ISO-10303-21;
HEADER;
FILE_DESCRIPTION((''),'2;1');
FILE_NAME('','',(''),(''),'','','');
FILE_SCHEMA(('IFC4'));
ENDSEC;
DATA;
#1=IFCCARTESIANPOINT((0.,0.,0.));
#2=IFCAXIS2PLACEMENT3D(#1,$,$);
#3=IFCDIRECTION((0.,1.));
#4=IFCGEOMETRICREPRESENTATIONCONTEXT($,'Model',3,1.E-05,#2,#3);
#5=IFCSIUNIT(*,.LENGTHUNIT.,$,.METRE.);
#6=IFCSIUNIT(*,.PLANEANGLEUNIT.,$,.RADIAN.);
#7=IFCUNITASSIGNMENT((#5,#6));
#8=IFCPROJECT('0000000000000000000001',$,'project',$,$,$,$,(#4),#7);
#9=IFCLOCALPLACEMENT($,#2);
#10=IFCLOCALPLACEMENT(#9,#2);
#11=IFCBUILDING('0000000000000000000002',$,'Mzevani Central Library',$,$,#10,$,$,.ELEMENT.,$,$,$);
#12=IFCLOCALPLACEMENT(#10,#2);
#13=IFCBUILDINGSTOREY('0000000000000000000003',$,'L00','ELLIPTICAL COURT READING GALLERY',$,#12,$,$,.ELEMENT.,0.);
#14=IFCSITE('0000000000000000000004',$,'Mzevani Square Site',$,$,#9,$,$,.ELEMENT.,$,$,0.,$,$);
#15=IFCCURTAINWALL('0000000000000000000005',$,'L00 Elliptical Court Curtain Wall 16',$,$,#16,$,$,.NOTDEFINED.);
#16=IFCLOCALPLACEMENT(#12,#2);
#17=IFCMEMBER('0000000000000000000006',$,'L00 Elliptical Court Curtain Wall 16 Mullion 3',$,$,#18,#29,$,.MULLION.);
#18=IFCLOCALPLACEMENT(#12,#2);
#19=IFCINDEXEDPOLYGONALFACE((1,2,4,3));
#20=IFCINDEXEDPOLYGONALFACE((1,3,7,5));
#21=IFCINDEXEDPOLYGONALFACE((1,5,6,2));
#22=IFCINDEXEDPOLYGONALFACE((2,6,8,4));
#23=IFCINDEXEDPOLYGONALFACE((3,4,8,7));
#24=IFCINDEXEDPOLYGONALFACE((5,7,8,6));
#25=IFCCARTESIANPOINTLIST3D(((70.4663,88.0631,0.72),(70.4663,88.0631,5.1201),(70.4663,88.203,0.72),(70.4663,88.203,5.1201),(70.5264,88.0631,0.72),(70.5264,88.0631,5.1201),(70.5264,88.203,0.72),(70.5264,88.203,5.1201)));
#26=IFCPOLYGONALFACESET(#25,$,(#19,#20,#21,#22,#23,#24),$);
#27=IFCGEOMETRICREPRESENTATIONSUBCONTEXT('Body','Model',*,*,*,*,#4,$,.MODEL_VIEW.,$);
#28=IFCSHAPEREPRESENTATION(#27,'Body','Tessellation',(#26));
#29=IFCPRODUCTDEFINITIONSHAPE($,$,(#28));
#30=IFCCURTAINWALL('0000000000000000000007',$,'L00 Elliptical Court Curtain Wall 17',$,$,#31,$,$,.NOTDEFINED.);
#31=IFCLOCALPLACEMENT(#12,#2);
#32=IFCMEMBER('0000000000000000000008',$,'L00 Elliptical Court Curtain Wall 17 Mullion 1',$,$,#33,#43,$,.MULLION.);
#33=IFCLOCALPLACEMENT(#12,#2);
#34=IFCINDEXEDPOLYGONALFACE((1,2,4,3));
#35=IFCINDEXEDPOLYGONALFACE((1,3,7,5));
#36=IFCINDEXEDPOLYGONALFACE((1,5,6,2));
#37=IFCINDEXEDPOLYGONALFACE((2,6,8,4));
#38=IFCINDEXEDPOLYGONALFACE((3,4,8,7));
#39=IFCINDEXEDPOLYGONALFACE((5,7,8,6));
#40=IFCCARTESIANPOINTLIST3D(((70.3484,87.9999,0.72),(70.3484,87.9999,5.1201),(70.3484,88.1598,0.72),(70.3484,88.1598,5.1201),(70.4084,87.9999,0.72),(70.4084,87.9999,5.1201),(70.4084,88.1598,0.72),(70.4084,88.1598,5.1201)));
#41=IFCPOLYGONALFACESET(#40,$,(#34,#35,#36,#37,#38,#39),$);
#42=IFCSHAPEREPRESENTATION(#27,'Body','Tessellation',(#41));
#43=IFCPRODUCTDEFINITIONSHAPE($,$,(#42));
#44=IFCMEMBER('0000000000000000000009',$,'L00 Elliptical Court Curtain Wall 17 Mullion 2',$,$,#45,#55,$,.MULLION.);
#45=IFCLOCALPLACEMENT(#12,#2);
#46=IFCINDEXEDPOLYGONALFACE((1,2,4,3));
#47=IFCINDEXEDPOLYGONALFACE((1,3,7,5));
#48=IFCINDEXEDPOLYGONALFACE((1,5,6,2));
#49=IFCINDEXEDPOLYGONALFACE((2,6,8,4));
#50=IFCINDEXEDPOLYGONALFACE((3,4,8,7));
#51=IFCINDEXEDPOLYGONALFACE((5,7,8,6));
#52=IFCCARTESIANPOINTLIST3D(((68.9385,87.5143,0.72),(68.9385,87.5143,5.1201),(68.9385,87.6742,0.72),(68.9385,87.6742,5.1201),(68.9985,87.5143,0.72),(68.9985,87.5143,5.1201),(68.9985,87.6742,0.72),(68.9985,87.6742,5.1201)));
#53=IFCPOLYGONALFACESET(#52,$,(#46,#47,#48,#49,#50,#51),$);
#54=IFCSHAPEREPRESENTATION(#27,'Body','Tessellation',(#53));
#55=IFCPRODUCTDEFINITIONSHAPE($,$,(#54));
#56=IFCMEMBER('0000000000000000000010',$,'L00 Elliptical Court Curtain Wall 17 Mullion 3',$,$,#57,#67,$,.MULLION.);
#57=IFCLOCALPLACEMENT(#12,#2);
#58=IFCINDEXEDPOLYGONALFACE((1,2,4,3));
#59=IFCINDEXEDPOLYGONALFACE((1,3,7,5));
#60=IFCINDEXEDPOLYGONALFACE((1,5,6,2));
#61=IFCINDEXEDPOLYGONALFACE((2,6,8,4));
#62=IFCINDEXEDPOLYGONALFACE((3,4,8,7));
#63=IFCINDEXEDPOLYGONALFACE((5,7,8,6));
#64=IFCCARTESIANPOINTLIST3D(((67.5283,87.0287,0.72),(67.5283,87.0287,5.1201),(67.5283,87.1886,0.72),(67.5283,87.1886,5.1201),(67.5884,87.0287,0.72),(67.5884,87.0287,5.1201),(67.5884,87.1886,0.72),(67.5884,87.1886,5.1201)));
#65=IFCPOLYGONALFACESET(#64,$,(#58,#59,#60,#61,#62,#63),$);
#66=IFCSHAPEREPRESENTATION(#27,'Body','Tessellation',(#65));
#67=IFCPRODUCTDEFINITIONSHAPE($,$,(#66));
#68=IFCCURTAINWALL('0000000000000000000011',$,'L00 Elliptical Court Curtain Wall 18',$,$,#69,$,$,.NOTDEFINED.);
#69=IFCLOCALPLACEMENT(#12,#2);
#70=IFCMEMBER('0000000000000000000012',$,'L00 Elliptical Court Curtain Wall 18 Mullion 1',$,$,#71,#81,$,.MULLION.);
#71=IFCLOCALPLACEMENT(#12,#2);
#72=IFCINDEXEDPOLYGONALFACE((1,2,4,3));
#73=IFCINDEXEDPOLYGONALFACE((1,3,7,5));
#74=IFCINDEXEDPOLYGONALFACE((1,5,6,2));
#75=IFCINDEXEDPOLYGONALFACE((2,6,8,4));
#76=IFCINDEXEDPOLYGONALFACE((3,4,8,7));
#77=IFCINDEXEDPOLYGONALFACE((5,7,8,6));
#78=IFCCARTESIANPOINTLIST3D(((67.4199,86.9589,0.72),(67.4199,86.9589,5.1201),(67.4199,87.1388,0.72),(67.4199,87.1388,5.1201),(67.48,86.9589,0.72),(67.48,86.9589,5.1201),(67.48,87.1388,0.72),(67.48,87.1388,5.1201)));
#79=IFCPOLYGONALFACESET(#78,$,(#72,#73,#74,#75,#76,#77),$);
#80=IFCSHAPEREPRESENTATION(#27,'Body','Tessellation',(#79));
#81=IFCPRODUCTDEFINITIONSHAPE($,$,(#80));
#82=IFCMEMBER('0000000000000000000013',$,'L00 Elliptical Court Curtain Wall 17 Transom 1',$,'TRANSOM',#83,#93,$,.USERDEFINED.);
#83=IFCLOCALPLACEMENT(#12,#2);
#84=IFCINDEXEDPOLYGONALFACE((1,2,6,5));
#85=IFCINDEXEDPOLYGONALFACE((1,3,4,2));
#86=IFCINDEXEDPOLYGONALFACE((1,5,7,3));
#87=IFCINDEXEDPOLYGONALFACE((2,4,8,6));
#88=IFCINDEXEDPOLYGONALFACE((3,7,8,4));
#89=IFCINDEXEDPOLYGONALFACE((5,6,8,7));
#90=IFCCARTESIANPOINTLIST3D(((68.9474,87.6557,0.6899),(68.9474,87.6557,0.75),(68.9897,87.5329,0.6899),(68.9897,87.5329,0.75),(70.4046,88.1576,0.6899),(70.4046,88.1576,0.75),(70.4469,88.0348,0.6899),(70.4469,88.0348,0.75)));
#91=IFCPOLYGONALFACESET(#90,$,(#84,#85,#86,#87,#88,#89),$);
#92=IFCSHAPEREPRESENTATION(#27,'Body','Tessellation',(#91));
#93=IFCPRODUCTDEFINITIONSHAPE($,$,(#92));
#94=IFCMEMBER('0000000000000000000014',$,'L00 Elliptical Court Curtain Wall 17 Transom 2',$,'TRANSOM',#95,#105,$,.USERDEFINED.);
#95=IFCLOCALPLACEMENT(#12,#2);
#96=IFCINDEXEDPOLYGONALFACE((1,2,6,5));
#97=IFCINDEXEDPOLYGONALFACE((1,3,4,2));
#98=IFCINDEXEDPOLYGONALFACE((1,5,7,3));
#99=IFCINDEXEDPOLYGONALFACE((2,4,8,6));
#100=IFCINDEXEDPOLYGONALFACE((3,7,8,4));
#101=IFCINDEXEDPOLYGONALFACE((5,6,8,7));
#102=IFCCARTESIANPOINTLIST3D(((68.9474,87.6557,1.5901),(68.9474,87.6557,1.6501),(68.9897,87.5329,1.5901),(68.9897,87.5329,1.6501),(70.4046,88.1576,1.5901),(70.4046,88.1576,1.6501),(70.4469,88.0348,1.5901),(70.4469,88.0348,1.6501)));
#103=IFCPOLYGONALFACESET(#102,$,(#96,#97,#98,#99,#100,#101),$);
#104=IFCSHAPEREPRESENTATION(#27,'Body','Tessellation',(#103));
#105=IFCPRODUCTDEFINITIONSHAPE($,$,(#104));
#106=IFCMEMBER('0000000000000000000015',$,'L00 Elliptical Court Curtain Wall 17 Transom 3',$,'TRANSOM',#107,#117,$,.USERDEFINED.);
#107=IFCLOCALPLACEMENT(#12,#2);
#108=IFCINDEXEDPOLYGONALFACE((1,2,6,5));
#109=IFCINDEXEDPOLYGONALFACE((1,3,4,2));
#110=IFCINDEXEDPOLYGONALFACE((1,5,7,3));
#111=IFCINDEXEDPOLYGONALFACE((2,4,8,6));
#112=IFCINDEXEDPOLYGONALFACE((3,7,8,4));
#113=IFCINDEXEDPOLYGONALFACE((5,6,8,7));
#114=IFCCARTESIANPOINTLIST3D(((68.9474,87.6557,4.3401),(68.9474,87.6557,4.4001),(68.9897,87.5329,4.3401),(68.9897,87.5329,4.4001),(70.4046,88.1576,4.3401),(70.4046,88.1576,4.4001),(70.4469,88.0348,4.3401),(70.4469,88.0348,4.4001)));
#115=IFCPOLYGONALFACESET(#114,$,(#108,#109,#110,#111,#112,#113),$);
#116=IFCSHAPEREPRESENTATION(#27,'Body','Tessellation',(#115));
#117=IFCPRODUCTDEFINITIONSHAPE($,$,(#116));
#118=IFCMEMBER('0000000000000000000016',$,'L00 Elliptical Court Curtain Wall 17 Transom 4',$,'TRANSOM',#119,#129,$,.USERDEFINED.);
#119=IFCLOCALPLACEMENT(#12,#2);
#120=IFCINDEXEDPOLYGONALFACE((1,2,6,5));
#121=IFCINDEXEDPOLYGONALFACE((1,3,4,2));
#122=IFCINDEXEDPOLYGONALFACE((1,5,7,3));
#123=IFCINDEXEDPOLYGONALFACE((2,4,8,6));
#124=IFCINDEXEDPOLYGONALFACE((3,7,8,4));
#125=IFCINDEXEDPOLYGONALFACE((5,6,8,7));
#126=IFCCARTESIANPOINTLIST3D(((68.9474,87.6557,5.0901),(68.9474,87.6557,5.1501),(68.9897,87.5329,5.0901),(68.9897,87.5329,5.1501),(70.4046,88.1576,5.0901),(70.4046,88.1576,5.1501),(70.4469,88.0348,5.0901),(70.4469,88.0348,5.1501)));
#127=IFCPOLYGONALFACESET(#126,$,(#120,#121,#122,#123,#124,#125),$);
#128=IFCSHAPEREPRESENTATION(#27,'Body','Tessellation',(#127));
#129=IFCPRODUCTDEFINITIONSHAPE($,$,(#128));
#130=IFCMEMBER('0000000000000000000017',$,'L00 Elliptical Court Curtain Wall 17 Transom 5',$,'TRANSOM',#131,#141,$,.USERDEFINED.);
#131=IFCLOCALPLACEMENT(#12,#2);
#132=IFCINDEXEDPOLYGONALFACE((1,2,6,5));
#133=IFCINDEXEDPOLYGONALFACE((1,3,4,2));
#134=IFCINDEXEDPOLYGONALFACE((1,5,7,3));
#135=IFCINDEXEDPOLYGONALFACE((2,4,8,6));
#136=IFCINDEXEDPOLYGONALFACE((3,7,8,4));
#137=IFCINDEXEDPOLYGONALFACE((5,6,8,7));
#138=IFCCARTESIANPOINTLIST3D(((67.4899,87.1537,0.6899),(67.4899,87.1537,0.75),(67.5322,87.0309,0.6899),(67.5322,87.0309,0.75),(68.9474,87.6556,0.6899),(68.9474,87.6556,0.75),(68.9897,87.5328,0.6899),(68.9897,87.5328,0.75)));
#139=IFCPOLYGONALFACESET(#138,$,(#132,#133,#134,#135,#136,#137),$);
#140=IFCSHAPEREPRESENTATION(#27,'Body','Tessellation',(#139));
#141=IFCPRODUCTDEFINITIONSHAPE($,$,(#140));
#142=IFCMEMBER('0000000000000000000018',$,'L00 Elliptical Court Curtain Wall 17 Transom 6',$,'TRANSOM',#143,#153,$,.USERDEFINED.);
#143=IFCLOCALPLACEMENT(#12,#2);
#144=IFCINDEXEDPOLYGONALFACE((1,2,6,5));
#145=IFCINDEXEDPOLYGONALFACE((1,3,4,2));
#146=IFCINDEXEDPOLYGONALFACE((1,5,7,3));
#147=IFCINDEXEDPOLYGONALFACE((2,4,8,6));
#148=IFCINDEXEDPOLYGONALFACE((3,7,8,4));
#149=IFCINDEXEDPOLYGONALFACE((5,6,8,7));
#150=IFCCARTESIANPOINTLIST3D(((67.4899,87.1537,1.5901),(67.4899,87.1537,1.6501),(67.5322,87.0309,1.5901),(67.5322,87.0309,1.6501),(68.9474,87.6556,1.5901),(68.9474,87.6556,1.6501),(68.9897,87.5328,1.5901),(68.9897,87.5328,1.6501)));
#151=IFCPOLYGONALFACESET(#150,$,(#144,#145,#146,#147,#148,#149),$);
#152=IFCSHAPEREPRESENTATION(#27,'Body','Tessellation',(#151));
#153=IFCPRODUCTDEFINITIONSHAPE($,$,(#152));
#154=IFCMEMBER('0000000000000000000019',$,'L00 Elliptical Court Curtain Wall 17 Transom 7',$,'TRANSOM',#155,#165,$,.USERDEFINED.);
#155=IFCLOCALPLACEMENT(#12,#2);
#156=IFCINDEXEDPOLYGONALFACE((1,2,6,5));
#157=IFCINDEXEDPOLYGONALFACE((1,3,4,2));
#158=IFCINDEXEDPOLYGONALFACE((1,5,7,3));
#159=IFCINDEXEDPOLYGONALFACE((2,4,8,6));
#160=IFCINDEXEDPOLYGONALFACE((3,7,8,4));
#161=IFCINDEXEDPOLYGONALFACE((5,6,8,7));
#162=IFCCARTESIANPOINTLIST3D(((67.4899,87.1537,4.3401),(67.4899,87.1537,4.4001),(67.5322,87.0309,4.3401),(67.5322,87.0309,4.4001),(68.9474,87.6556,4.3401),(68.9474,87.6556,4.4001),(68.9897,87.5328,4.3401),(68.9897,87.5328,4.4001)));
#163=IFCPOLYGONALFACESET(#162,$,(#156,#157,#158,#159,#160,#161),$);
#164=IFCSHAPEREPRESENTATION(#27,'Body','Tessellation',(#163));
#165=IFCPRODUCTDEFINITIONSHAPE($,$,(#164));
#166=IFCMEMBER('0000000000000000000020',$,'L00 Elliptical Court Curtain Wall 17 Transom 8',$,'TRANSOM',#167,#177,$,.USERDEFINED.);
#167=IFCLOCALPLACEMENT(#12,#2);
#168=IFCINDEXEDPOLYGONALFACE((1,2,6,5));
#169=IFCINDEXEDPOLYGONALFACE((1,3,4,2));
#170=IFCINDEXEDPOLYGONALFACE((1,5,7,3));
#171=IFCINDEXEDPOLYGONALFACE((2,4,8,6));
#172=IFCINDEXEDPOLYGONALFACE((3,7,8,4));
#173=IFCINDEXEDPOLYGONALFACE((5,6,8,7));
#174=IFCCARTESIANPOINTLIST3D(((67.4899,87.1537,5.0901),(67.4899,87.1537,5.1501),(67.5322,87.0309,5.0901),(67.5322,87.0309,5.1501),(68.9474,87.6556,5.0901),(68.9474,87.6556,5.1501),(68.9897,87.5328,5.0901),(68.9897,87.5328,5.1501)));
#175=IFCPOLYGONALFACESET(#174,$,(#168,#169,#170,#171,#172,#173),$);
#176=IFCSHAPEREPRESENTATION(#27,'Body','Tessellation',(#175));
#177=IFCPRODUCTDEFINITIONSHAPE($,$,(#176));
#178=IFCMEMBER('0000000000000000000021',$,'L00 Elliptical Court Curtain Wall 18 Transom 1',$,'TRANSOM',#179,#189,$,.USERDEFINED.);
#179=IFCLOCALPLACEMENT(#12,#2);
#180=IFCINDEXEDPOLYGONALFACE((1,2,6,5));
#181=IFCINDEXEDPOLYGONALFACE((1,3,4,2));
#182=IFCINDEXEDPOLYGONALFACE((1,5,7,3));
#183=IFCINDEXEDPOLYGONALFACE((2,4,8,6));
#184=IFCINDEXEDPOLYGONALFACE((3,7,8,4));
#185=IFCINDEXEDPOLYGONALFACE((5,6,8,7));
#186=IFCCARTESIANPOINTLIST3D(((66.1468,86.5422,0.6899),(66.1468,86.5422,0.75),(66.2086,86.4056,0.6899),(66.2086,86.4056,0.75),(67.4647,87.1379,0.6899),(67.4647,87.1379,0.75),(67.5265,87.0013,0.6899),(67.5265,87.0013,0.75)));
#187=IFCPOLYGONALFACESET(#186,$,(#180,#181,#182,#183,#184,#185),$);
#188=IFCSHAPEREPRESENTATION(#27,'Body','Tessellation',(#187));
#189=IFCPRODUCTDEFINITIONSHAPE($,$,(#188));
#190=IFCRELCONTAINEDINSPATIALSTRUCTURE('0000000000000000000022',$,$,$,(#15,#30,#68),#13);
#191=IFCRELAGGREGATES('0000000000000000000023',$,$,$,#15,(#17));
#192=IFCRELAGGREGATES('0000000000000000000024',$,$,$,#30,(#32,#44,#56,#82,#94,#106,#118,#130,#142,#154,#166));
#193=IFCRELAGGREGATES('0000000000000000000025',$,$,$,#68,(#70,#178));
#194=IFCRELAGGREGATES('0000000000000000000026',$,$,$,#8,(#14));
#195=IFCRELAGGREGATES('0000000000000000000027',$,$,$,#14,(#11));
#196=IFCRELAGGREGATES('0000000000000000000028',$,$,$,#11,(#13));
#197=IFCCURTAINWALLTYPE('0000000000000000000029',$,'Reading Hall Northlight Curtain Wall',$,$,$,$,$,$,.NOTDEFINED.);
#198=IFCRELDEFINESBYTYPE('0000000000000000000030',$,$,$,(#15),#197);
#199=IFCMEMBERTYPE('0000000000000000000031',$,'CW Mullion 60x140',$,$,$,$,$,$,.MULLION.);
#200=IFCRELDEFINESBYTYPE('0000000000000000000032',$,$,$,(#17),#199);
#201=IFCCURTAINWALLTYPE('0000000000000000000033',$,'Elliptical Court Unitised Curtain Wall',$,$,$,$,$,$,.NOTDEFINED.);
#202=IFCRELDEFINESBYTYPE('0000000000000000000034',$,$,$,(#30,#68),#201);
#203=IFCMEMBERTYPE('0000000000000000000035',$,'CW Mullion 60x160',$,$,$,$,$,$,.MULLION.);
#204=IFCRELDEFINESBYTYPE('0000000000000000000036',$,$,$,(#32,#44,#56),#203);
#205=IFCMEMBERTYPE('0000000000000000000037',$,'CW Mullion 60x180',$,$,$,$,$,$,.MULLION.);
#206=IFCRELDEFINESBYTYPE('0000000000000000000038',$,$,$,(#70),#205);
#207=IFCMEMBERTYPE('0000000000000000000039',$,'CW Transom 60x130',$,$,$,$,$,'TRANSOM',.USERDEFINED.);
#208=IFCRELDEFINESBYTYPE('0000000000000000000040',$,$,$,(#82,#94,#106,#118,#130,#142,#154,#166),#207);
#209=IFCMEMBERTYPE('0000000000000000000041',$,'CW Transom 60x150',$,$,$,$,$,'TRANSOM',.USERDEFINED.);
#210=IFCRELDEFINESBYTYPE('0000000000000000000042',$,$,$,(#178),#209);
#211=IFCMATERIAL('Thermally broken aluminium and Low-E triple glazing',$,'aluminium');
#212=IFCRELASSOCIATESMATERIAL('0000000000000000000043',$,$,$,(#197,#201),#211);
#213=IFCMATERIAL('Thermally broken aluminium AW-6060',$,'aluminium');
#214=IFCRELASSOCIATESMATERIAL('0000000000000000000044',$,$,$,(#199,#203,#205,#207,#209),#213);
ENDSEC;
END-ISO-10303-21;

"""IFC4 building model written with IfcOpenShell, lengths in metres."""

from ifc_helpers import new_model, si_unit, direction, frame, origin, origin_2d, place, context, subcontext, project, spatial, rectangle, extrude, material, material_profile, profile_set, type_object, element, aggregate, save


model = new_model("IFC4")

# Units and contexts
model_context = context("Model", 3, precision=1e-05, world=origin(), true_north=direction((0.0, 1.0)))
body_context = subcontext(model_context, "Body", "Model", "MODEL_VIEW")
ifc_project = project(units=[si_unit("LENGTHUNIT", "METRE"), si_unit("PLANEANGLEUNIT", "RADIAN")], contexts=[model_context])

# Site, building, storey
site_placement = place(None, origin())
site = spatial("IfcSite", under=ifc_project, at=site_placement, Name="Mzevani Square Site", CompositionType="ELEMENT", RefElevation=0.0)
building_placement = place(site_placement, origin())
building = spatial("IfcBuilding", under=site, at=building_placement, Name="Mzevani Central Library", CompositionType="ELEMENT")
storey_placement = place(building_placement, origin())
storey = spatial("IfcBuildingStorey", under=building, at=storey_placement, Name="L00", Description="ELLIPTICAL COURT READING GALLERY", CompositionType="ELEMENT", Elevation=0.0)

# Curtain wall, member
ifc_material_1 = material(Name="Thermally broken aluminium and Low-E triple glazing", Category="aluminium")
curtain_wall_type_1 = type_object("IfcCurtainWallType", Name="Reading Hall Northlight Curtain Wall", PredefinedType="NOTDEFINED", material=ifc_material_1)
curtain_wall_1_placement = place(storey_placement, origin())
curtain_wall_1 = element("IfcCurtainWall", 1, at=curtain_wall_1_placement, inside=storey, type_object=curtain_wall_type_1, Name="L00 Elliptical Court Curtain Wall 16", PredefinedType="NOTDEFINED")
ifc_material_2 = material(Name="Thermally broken aluminium AW-6060", Category="aluminium")
ifc_material_profile_1 = material_profile(ifc_material_2, rectangle(XDim=0.0601, YDim=0.1399, at=origin_2d()), Name="ALU M60x140")
ifc_profile_set_1 = profile_set([ifc_material_profile_1], Name="Thermally broken aluminium AW-6060")
member_type_1 = type_object("IfcMemberType", Name="CW Mullion 60x140", PredefinedType="MULLION", material=ifc_profile_set_1)
member_1_placement = place(storey_placement, frame((70.4963, 88.1331, 0.72), z_axis=(0.0, 0.0, 1.0), x_axis=(1.0, 0.0, 0.0)))
member_1 = element("IfcMember", 2, at=member_1_placement, type_object=member_type_1, Name="L00 Elliptical Court Curtain Wall 16 Mullion 3", PredefinedType="MULLION", context=body_context, shape_type="SweptSolid", body=[
    extrude(rectangle(XDim=0.0601, YDim=0.1399, at=origin_2d()), origin(), (0.0, 0.0, 1.0), 4.4001),
])
aggregate(curtain_wall_1, [member_1])

# Curtain wall, members
curtain_wall_type_2 = type_object("IfcCurtainWallType", Name="Elliptical Court Unitised Curtain Wall", PredefinedType="NOTDEFINED", material=ifc_material_1)
curtain_wall_2_placement = place(storey_placement, origin())
curtain_wall_2 = element("IfcCurtainWall", 3, at=curtain_wall_2_placement, inside=storey, type_object=curtain_wall_type_2, Name="L00 Elliptical Court Curtain Wall 17", PredefinedType="NOTDEFINED")
ifc_material_profile_2 = material_profile(ifc_material_2, rectangle(XDim=0.0601, YDim=0.1599, at=origin_2d()), Name="ALU M60x160")
ifc_profile_set_2 = profile_set([ifc_material_profile_2], Name="Thermally broken aluminium AW-6060")
member_type_2 = type_object("IfcMemberType", Name="CW Mullion 60x160", PredefinedType="MULLION", material=ifc_profile_set_2)
member_2_placement = place(storey_placement, frame((70.3784, 88.0798, 0.72), z_axis=(0.0, 0.0, 1.0), x_axis=(1.0, 0.0, 0.0)))
member_2 = element("IfcMember", 4, at=member_2_placement, type_object=member_type_2, Name="L00 Elliptical Court Curtain Wall 17 Mullion 1", PredefinedType="MULLION", context=body_context, shape_type="SweptSolid", body=[
    extrude(rectangle(XDim=0.0601, YDim=0.1599, at=origin_2d()), origin(), (0.0, 0.0, 1.0), 4.4001),
])
member_3_placement = place(storey_placement, frame((68.9685, 87.5942, 0.72), z_axis=(0.0, 0.0, 1.0), x_axis=(1.0, 0.0, 0.0)))
member_3 = element("IfcMember", 5, at=member_3_placement, type_object=member_type_2, Name="L00 Elliptical Court Curtain Wall 17 Mullion 2", PredefinedType="MULLION", context=body_context, shape_type="SweptSolid", body=[
    extrude(rectangle(XDim=0.0601, YDim=0.1599, at=origin_2d()), origin(), (0.0, 0.0, 1.0), 4.4001),
])
member_4_placement = place(storey_placement, frame((67.5583, 87.1086, 0.72), z_axis=(0.0, 0.0, 1.0), x_axis=(1.0, 0.0, 0.0)))
member_4 = element("IfcMember", 6, at=member_4_placement, type_object=member_type_2, Name="L00 Elliptical Court Curtain Wall 17 Mullion 3", PredefinedType="MULLION", context=body_context, shape_type="SweptSolid", body=[
    extrude(rectangle(XDim=0.0601, YDim=0.1599, at=origin_2d()), origin(), (0.0, 0.0, 1.0), 4.4001),
])

# Curtain wall, member
curtain_wall_3_placement = place(storey_placement, origin())
curtain_wall_3 = element("IfcCurtainWall", 7, at=curtain_wall_3_placement, inside=storey, type_object=curtain_wall_type_2, Name="L00 Elliptical Court Curtain Wall 18", PredefinedType="NOTDEFINED")
ifc_material_profile_3 = material_profile(ifc_material_2, rectangle(XDim=0.0601, YDim=0.1799, at=origin_2d()), Name="ALU M60x180")
ifc_profile_set_3 = profile_set([ifc_material_profile_3], Name="Thermally broken aluminium AW-6060")
member_type_3 = type_object("IfcMemberType", Name="CW Mullion 60x180", PredefinedType="MULLION", material=ifc_profile_set_3)
member_5_placement = place(storey_placement, frame((67.45, 87.0488, 0.72), z_axis=(0.0, 0.0, 1.0), x_axis=(1.0, 0.0, 0.0)))
member_5 = element("IfcMember", 8, at=member_5_placement, type_object=member_type_3, Name="L00 Elliptical Court Curtain Wall 18 Mullion 1", PredefinedType="MULLION", context=body_context, shape_type="SweptSolid", body=[
    extrude(rectangle(XDim=0.0601, YDim=0.1799, at=origin_2d()), origin(), (0.0, 0.0, 1.0), 4.4001),
])

# Members
ifc_material_profile_4 = material_profile(ifc_material_2, rectangle(XDim=0.1299, YDim=0.0601, at=origin_2d()), Name="ALU T60x130")
ifc_profile_set_4 = profile_set([ifc_material_profile_4], Name="Thermally broken aluminium AW-6060")
member_type_4 = type_object("IfcMemberType", Name="CW Transom 60x130", ElementType="TRANSOM", PredefinedType="USERDEFINED", material=ifc_profile_set_4)
member_6_placement = place(storey_placement, frame((70.4258, 88.0962, 0.72), z_axis=(-0.945484, -0.325668, 0.0), x_axis=(0.325668, -0.945484, 0.0)))
member_6 = element("IfcMember", 9, at=member_6_placement, type_object=member_type_4, Name="L00 Elliptical Court Curtain Wall 17 Transom 1", ObjectType="TRANSOM", PredefinedType="USERDEFINED", context=body_context, shape_type="SweptSolid", body=[
    extrude(rectangle(XDim=0.1299, YDim=0.0601, at=origin_2d()), origin(), (0.0, 0.0, 1.0), 1.5413),
])
member_7_placement = place(storey_placement, frame((70.4258, 88.0962, 1.6201), z_axis=(-0.945484, -0.325668, 0.0), x_axis=(0.325668, -0.945484, 0.0)))
member_7 = element("IfcMember", 10, at=member_7_placement, type_object=member_type_4, Name="L00 Elliptical Court Curtain Wall 17 Transom 2", ObjectType="TRANSOM", PredefinedType="USERDEFINED", context=body_context, shape_type="SweptSolid", body=[
    extrude(rectangle(XDim=0.1299, YDim=0.0601, at=origin_2d()), origin(), (0.0, 0.0, 1.0), 1.5413),
])
member_8_placement = place(storey_placement, frame((70.4258, 88.0962, 4.3701), z_axis=(-0.945484, -0.325668, 0.0), x_axis=(0.325668, -0.945484, 0.0)))
member_8 = element("IfcMember", 11, at=member_8_placement, type_object=member_type_4, Name="L00 Elliptical Court Curtain Wall 17 Transom 3", ObjectType="TRANSOM", PredefinedType="USERDEFINED", context=body_context, shape_type="SweptSolid", body=[
    extrude(rectangle(XDim=0.1299, YDim=0.0601, at=origin_2d()), origin(), (0.0, 0.0, 1.0), 1.5413),
])
member_9_placement = place(storey_placement, frame((70.4258, 88.0962, 5.1201), z_axis=(-0.945484, -0.325668, 0.0), x_axis=(0.325668, -0.945484, 0.0)))
member_9 = element("IfcMember", 12, at=member_9_placement, type_object=member_type_4, Name="L00 Elliptical Court Curtain Wall 17 Transom 4", ObjectType="TRANSOM", PredefinedType="USERDEFINED", context=body_context, shape_type="SweptSolid", body=[
    extrude(rectangle(XDim=0.1299, YDim=0.0601, at=origin_2d()), origin(), (0.0, 0.0, 1.0), 1.5413),
])
member_10_placement = place(storey_placement, frame((68.9685, 87.5942, 0.72), z_axis=(-0.945501, -0.32562, 0.0), x_axis=(0.32562, -0.945501, 0.0)))
member_10 = element("IfcMember", 13, at=member_10_placement, type_object=member_type_4, Name="L00 Elliptical Court Curtain Wall 17 Transom 5", ObjectType="TRANSOM", PredefinedType="USERDEFINED", context=body_context, shape_type="SweptSolid", body=[
    extrude(rectangle(XDim=0.1299, YDim=0.0601, at=origin_2d()), origin(), (0.0, 0.0, 1.0), 1.5415),
])
member_11_placement = place(storey_placement, frame((68.9685, 87.5942, 1.6201), z_axis=(-0.945501, -0.32562, 0.0), x_axis=(0.32562, -0.945501, 0.0)))
member_11 = element("IfcMember", 14, at=member_11_placement, type_object=member_type_4, Name="L00 Elliptical Court Curtain Wall 17 Transom 6", ObjectType="TRANSOM", PredefinedType="USERDEFINED", context=body_context, shape_type="SweptSolid", body=[
    extrude(rectangle(XDim=0.1299, YDim=0.0601, at=origin_2d()), origin(), (0.0, 0.0, 1.0), 1.5415),
])
member_12_placement = place(storey_placement, frame((68.9685, 87.5942, 4.3701), z_axis=(-0.945501, -0.32562, 0.0), x_axis=(0.32562, -0.945501, 0.0)))
member_12 = element("IfcMember", 15, at=member_12_placement, type_object=member_type_4, Name="L00 Elliptical Court Curtain Wall 17 Transom 7", ObjectType="TRANSOM", PredefinedType="USERDEFINED", context=body_context, shape_type="SweptSolid", body=[
    extrude(rectangle(XDim=0.1299, YDim=0.0601, at=origin_2d()), origin(), (0.0, 0.0, 1.0), 1.5415),
])
member_13_placement = place(storey_placement, frame((68.9685, 87.5942, 5.1201), z_axis=(-0.945501, -0.32562, 0.0), x_axis=(0.32562, -0.945501, 0.0)))
member_13 = element("IfcMember", 16, at=member_13_placement, type_object=member_type_4, Name="L00 Elliptical Court Curtain Wall 17 Transom 8", ObjectType="TRANSOM", PredefinedType="USERDEFINED", context=body_context, shape_type="SweptSolid", body=[
    extrude(rectangle(XDim=0.1299, YDim=0.0601, at=origin_2d()), origin(), (0.0, 0.0, 1.0), 1.5415),
])
ifc_material_profile_5 = material_profile(ifc_material_2, rectangle(XDim=0.1499, YDim=0.0601, at=origin_2d()), Name="ALU T60x150")
ifc_profile_set_5 = profile_set([ifc_material_profile_5], Name="Thermally broken aluminium AW-6060")
member_type_5 = type_object("IfcMemberType", Name="CW Transom 60x150", ElementType="TRANSOM", PredefinedType="USERDEFINED", material=ifc_profile_set_5)
member_14_placement = place(storey_placement, frame((67.4956, 87.0696, 0.72), z_axis=(-0.911232, -0.411894, 0.0), x_axis=(0.411894, -0.911232, 0.0)))
member_14 = element("IfcMember", 17, at=member_14_placement, type_object=member_type_5, Name="L00 Elliptical Court Curtain Wall 18 Transom 1", ObjectType="TRANSOM", PredefinedType="USERDEFINED", context=body_context, shape_type="SweptSolid", body=[
    extrude(rectangle(XDim=0.1499, YDim=0.0601, at=origin_2d()), origin(), (0.0, 0.0, 1.0), 1.4463),
])

aggregate(curtain_wall_2, [member_2, member_3, member_4, member_6, member_7, member_8, member_9, member_10, member_11, member_12, member_13])
aggregate(curtain_wall_3, [member_5, member_14])

save(model, "model.ifc")
